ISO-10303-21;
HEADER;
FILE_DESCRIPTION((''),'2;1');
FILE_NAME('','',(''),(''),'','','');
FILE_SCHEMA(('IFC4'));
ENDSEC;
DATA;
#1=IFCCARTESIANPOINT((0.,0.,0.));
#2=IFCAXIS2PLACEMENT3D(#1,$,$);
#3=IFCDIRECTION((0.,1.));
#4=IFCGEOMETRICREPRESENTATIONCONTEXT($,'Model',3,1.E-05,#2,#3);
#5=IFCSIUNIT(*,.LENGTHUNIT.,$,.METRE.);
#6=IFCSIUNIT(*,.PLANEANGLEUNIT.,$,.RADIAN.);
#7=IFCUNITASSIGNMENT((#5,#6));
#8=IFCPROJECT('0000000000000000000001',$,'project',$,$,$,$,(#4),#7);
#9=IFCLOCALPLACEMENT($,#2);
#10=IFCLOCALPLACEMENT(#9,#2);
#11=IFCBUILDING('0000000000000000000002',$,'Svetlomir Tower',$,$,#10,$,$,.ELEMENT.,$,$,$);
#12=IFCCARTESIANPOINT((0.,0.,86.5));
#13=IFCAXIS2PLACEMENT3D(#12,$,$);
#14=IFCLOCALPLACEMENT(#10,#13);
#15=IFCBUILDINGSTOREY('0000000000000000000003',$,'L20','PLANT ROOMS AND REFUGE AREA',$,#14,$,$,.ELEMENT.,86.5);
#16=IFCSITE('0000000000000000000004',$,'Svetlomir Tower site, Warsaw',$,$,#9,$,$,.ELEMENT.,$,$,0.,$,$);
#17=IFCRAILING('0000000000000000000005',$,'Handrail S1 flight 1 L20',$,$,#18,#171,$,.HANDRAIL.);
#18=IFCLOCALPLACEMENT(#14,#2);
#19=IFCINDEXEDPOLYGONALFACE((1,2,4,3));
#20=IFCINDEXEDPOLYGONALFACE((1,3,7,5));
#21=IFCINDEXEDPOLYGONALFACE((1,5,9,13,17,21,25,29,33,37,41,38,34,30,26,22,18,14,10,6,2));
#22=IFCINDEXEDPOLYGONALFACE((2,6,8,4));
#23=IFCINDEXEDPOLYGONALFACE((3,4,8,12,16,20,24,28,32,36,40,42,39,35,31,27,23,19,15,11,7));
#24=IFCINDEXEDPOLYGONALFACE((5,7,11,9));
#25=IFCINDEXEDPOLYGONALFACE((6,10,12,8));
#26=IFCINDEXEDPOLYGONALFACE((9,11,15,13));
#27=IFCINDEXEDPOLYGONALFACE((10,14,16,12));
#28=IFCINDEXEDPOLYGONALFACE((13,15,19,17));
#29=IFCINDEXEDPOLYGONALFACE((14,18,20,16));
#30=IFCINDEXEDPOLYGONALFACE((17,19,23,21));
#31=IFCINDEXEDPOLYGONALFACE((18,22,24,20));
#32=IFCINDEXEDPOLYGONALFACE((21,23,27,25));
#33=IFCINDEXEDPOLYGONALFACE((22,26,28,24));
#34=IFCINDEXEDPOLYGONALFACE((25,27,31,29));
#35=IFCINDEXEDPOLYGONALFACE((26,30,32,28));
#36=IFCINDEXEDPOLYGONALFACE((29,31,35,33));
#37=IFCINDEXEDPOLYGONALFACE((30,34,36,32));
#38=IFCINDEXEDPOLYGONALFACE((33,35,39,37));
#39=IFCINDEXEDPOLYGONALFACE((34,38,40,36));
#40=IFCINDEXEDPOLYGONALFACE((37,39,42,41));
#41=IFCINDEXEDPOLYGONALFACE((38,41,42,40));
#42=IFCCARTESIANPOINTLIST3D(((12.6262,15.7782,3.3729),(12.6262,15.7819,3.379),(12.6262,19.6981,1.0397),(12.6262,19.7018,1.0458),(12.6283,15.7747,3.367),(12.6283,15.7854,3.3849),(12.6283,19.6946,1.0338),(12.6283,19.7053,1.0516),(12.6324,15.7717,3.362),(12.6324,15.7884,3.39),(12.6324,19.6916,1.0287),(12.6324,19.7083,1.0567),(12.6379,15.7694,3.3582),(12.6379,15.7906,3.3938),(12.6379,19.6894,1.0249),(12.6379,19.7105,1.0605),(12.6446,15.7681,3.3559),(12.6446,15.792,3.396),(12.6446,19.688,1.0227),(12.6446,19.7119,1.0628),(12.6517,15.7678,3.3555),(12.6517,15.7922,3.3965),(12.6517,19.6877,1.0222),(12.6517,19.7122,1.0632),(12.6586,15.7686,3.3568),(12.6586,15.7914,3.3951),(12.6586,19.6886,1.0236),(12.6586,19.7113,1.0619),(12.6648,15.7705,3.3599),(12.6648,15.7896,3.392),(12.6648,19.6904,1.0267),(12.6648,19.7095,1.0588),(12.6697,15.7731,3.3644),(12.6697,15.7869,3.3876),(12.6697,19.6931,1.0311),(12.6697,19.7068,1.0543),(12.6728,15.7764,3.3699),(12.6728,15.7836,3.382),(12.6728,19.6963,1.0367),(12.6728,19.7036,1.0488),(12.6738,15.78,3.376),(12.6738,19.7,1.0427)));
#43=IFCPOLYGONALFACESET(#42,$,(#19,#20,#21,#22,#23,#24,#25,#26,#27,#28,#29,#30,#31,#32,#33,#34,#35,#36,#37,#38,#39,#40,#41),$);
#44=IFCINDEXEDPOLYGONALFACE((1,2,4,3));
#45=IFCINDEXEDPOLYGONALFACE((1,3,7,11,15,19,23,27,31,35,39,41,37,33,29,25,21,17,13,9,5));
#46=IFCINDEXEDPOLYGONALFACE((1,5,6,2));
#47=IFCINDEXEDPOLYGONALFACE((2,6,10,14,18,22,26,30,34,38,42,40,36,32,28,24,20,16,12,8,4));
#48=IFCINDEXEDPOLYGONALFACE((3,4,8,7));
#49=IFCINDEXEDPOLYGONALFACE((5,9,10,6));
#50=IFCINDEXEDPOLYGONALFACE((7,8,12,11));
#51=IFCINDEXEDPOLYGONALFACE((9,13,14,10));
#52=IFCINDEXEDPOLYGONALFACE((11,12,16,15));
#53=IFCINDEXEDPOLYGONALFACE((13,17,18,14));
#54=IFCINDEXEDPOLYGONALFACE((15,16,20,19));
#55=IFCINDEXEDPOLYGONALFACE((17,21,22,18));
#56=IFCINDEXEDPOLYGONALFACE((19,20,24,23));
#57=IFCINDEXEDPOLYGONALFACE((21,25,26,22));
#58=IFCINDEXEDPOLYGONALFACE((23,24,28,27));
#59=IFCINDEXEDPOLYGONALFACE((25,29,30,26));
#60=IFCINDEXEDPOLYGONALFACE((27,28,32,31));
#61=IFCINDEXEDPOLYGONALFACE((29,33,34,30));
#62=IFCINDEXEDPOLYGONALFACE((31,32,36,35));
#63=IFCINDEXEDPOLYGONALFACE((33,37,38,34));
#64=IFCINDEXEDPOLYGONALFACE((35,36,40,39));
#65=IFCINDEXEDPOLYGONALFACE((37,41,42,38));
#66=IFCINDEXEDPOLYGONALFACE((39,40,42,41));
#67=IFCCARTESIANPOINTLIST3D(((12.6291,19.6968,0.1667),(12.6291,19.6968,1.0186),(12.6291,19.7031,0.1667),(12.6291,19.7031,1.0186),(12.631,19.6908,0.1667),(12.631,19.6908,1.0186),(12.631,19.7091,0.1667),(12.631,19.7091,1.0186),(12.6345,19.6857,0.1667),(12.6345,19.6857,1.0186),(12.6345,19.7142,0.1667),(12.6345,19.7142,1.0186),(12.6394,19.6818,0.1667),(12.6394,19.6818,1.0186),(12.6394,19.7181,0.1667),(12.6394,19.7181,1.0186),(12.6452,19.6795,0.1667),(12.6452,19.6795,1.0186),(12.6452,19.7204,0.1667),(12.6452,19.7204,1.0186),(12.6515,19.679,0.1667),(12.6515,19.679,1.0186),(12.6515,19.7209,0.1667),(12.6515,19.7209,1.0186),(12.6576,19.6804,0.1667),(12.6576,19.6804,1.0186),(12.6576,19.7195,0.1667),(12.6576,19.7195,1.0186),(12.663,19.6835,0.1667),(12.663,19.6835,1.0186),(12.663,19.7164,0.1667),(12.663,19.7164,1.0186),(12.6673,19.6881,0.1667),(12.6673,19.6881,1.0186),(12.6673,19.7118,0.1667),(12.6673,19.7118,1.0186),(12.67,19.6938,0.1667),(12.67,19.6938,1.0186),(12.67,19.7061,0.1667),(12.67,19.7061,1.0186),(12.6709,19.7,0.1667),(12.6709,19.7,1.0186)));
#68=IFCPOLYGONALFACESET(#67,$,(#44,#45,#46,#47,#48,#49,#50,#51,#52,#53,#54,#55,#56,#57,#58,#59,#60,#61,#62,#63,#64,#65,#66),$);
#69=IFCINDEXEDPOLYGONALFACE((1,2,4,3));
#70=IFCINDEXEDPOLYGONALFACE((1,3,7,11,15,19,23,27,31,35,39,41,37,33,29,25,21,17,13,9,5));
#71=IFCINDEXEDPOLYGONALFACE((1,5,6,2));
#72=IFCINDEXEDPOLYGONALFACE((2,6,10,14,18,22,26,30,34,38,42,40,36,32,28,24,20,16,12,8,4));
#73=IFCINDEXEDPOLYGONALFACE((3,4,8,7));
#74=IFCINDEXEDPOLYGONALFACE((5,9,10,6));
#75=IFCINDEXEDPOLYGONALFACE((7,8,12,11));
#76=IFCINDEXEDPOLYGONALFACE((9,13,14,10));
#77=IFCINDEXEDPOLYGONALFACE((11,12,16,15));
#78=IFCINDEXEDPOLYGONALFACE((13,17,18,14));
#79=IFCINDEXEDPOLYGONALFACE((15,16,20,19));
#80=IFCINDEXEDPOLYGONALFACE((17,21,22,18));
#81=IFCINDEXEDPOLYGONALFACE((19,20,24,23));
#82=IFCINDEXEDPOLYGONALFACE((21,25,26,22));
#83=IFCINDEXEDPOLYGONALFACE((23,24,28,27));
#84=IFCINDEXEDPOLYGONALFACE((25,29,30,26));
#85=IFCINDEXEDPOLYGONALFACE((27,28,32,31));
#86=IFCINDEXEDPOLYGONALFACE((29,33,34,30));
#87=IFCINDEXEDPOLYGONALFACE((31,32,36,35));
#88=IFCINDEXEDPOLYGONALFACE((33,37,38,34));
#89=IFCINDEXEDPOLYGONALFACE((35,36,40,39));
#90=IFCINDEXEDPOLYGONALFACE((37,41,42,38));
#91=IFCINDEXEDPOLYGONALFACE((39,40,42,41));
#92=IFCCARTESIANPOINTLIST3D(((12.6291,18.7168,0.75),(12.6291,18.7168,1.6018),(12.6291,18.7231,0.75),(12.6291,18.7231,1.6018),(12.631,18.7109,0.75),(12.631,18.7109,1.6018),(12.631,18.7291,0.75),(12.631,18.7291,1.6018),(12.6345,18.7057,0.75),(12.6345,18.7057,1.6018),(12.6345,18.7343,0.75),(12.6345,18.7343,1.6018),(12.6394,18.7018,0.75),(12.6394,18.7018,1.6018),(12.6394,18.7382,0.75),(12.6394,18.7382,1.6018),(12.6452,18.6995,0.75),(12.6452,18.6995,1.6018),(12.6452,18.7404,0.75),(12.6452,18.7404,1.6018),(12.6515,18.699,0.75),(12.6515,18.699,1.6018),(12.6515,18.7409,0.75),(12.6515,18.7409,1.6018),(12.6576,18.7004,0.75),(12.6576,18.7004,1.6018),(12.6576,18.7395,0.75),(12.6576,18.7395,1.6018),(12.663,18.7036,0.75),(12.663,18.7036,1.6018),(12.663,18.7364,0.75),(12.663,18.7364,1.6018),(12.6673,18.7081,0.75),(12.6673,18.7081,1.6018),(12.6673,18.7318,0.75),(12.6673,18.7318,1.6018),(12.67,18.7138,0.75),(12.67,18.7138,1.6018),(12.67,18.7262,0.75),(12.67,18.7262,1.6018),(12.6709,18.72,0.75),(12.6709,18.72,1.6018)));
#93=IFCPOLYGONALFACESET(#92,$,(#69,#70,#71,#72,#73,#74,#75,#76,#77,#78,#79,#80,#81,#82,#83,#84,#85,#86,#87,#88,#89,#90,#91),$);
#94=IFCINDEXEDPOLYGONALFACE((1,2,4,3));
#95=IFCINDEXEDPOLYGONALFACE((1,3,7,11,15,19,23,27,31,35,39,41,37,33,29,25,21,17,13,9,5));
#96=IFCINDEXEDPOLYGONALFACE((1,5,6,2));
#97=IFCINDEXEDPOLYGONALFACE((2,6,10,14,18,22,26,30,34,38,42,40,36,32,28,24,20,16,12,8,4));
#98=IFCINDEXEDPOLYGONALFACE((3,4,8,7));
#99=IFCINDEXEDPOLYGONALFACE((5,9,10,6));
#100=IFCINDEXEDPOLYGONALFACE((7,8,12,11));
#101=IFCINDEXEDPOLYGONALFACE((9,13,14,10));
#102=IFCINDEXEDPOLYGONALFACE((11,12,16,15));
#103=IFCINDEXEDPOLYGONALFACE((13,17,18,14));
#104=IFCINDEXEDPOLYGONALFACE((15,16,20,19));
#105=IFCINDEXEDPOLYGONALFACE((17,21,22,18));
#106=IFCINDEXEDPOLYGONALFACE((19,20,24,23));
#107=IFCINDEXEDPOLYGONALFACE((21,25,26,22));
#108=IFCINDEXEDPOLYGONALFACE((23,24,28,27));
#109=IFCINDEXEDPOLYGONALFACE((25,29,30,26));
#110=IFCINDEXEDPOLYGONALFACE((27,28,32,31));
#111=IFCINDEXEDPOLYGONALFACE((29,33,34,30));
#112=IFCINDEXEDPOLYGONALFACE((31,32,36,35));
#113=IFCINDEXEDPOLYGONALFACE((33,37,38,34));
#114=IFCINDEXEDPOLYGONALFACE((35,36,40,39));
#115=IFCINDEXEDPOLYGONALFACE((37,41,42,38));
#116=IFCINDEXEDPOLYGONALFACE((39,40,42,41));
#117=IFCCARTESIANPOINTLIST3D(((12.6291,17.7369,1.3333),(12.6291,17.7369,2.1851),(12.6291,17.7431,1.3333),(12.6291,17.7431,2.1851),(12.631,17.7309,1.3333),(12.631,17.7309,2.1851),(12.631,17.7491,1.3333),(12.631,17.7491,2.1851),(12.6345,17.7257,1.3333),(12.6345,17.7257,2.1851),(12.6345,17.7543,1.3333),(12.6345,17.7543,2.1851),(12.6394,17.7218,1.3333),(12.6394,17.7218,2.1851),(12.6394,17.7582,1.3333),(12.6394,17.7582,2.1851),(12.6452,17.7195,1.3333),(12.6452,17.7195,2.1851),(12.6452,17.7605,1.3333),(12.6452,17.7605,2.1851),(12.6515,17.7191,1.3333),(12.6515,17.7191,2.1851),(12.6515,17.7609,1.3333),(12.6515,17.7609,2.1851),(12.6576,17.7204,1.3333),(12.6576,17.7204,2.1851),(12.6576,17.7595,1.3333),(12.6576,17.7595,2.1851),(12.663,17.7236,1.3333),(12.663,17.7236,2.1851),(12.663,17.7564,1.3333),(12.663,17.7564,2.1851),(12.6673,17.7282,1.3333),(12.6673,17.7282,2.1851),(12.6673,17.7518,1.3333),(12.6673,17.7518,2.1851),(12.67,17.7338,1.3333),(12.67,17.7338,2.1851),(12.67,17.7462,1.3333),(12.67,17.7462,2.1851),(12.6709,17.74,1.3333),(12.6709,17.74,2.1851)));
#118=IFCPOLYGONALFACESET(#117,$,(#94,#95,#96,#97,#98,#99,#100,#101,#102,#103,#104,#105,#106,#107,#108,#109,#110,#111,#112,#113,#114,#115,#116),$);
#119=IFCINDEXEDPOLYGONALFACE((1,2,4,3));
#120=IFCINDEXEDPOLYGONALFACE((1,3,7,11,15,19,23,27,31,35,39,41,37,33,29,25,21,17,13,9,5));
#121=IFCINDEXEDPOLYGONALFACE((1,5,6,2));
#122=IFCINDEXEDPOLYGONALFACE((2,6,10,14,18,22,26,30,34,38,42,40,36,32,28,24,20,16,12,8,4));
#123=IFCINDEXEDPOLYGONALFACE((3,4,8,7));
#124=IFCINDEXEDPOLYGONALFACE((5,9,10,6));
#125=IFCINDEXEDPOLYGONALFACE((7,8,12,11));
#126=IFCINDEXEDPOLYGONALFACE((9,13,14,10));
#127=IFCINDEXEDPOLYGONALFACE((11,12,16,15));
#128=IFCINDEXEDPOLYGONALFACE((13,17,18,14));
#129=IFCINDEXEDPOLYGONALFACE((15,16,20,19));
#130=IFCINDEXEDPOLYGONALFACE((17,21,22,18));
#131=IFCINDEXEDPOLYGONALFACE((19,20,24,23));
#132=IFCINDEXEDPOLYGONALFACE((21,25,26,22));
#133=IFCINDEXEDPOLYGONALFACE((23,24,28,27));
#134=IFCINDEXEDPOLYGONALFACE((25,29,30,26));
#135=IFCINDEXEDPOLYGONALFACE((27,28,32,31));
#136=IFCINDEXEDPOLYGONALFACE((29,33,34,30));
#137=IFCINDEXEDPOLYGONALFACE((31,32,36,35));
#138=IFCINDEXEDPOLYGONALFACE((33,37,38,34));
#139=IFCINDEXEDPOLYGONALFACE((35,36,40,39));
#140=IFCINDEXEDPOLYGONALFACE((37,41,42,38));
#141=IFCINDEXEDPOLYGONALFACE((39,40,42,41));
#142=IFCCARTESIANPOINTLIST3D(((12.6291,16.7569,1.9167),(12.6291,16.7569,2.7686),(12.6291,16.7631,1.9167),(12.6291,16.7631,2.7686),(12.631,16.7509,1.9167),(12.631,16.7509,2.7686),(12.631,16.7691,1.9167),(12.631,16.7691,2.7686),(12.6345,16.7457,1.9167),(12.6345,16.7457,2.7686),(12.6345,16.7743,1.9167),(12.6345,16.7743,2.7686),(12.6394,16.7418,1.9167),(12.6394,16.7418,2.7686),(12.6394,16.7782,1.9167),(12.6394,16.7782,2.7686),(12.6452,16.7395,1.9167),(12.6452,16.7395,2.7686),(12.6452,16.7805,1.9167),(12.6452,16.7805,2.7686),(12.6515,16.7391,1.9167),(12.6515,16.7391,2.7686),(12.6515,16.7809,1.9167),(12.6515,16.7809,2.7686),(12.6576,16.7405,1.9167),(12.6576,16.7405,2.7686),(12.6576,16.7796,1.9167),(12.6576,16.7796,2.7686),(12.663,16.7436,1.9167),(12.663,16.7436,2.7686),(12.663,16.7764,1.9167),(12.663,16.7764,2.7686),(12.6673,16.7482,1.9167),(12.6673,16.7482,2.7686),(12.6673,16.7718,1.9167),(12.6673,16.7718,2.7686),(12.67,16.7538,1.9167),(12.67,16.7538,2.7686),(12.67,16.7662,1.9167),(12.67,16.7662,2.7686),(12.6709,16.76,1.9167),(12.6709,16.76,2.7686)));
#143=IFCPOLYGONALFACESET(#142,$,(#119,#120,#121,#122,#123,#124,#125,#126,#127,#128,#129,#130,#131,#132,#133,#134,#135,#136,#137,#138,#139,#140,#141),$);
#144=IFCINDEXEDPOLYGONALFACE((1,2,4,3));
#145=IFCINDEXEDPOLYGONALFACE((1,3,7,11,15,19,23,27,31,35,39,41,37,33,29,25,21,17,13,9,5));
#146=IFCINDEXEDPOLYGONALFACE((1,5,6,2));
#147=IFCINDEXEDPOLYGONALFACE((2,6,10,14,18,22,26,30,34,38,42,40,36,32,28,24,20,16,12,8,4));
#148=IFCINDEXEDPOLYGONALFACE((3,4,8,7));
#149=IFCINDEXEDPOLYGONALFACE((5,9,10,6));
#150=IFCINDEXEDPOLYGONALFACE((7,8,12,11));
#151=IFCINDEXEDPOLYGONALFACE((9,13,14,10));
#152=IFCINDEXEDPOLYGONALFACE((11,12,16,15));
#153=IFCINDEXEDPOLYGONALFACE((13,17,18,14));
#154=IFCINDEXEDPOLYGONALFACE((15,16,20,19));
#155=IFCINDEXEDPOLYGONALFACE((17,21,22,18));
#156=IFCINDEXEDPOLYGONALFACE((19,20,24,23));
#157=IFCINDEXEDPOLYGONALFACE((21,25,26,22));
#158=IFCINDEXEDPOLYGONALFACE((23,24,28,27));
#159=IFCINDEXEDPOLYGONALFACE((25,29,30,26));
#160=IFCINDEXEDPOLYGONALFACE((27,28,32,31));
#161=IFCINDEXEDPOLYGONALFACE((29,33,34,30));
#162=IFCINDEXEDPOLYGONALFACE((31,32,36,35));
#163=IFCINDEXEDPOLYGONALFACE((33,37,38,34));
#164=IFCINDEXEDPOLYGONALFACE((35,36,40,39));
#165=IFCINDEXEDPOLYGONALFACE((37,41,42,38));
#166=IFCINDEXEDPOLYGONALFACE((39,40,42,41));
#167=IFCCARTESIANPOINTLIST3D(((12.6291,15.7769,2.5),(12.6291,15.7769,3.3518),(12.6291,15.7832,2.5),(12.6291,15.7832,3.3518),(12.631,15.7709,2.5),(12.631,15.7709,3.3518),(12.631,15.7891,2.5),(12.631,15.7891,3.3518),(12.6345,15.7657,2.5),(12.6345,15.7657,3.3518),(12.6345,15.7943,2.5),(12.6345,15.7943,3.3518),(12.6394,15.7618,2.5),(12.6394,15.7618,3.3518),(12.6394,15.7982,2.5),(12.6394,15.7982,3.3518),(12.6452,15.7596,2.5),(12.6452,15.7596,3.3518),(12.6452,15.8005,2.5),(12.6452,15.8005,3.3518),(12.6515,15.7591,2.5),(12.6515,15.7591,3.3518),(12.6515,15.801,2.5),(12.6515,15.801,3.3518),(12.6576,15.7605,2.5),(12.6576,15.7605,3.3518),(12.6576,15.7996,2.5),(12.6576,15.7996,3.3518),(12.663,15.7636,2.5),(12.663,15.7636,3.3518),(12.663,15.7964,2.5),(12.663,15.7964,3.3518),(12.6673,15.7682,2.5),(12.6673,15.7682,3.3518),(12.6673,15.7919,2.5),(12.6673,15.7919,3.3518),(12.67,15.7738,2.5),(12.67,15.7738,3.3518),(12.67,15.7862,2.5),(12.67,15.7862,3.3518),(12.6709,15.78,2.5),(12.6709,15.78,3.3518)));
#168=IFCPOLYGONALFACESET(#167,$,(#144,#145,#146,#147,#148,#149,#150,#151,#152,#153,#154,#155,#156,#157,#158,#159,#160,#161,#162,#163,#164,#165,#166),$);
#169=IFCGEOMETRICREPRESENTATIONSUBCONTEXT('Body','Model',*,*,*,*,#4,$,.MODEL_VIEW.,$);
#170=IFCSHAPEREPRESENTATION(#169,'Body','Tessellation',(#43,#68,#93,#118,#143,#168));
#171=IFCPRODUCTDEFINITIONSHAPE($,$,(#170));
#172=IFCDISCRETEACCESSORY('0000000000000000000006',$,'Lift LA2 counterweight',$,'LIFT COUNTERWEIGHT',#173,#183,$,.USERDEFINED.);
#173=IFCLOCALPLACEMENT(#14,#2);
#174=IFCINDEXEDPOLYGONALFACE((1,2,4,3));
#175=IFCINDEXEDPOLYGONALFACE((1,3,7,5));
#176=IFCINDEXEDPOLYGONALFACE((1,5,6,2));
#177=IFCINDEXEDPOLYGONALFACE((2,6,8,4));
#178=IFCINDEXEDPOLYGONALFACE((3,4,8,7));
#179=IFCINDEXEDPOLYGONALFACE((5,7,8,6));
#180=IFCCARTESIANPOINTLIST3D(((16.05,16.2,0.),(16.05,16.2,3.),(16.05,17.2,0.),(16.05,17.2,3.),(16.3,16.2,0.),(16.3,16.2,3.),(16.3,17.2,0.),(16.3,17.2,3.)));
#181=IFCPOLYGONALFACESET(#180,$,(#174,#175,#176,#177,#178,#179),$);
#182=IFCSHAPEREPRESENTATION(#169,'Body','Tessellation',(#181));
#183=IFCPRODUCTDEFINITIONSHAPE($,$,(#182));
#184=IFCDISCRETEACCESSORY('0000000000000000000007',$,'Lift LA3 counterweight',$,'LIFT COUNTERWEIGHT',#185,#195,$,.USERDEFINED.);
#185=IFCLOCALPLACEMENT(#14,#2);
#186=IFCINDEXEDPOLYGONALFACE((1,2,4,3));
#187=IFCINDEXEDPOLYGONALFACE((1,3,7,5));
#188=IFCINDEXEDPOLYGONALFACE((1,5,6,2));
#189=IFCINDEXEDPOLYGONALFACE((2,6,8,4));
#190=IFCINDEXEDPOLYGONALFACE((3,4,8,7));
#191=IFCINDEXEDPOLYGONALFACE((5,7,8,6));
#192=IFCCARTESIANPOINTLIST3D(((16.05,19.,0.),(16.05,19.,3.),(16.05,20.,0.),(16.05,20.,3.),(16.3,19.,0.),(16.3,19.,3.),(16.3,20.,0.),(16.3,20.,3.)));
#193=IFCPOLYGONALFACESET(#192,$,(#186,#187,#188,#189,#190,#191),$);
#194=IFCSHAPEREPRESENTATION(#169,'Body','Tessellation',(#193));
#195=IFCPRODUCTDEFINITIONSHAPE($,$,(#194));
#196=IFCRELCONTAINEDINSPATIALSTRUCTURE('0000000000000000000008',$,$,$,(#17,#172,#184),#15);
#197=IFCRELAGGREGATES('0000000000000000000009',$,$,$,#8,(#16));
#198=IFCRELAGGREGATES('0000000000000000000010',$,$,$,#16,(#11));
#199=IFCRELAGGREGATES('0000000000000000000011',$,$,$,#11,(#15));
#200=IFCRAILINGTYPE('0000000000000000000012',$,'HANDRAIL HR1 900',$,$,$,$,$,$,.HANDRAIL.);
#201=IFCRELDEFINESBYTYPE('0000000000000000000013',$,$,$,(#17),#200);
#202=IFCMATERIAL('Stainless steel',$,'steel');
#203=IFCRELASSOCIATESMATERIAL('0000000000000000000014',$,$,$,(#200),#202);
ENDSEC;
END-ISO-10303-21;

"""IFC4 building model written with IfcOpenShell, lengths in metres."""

from ifc_helpers import new_model, si_unit, direction, frame, origin, origin_2d, place, context, subcontext, project, spatial, rectangle, circle, extrude, material, type_object, element, save


model = new_model("IFC4")

# Units and contexts
model_context = context("Model", 3, precision=1e-05, world=origin(), true_north=direction((0.0, 1.0)))
body_context = subcontext(model_context, "Body", "Model", "MODEL_VIEW")
ifc_project = project(units=[si_unit("LENGTHUNIT", "METRE"), si_unit("PLANEANGLEUNIT", "RADIAN")], contexts=[model_context])

# Site, building, storey
site_placement = place(None, origin())
site = spatial("IfcSite", under=ifc_project, at=site_placement, Name="Svetlomir Tower site, Warsaw", CompositionType="ELEMENT", RefElevation=0.0)
building_placement = place(site_placement, origin())
building = spatial("IfcBuilding", under=site, at=building_placement, Name="Svetlomir Tower", CompositionType="ELEMENT")
storey_placement = place(building_placement, frame((0.0, 0.0, 86.5)))
storey = spatial("IfcBuildingStorey", under=building, at=storey_placement, Name="L20", Description="PLANT ROOMS AND REFUGE AREA", CompositionType="ELEMENT", Elevation=86.5)

# Railing
ifc_material_1 = material(Name="Stainless steel", Category="steel")
railing_type = type_object("IfcRailingType", Name="HANDRAIL HR1 900", PredefinedType="HANDRAIL", material=ifc_material_1)
railing_placement = place(storey_placement, frame((12.6499, 19.7, 0.1667)))
element("IfcRailing", 1, at=railing_placement, inside=storey, type_object=railing_type, Name="Handrail S1 flight 1 L20", PredefinedType="HANDRAIL", context=body_context, shape_type="SweptSolid", body=[
    extrude(circle(Radius=0.0239, at=origin_2d()), frame((0.0, 0.0, 0.876), z_axis=(0.0, -0.859296, 0.511478), x_axis=(1.0, 0.0, 0.0)), (0.0, 0.0, 1.0), 4.5618),
    extrude(circle(Radius=0.021, at=origin_2d()), origin(), (0.0, 0.0, 1.0), 0.8518),
    extrude(circle(Radius=0.021, at=origin_2d()), frame((0.0, -0.98, 0.5833)), (0.0, 0.0, 1.0), 0.8518),
    extrude(circle(Radius=0.021, at=origin_2d()), frame((0.0, -1.96, 1.1665)), (0.0, 0.0, 1.0), 0.8518),
    extrude(circle(Radius=0.021, at=origin_2d()), frame((0.0, -2.9399, 1.75)), (0.0, 0.0, 1.0), 0.8518),
    extrude(circle(Radius=0.021, at=origin_2d()), frame((0.0, -3.9199, 2.3333)), (0.0, 0.0, 1.0), 0.8518),
])

# Discrete accessories
for number, where, z_axis, x_axis, name in (
    (2, (16.175, 16.7, 0.0), (0.0, 0.0, 1.0), (1.0, 0.0, 0.0), "Lift LA2 counterweight"),
    (3, (16.175, 19.5, 0.0), (0.0, 0.0, 1.0), (1.0, 0.0, 0.0), "Lift LA3 counterweight"),
):
    element("IfcDiscreteAccessory", number, at=place(storey_placement, frame(where, z_axis=z_axis, x_axis=x_axis)), inside=storey, Name=name, ObjectType="LIFT COUNTERWEIGHT", PredefinedType="USERDEFINED", context=body_context, shape_type="SweptSolid", body=[
        extrude(rectangle(XDim=0.25, YDim=1.0, at=origin_2d()), origin(), (0.0, 0.0, 1.0), 3.0),
    ])

save(model, "model.ifc")
